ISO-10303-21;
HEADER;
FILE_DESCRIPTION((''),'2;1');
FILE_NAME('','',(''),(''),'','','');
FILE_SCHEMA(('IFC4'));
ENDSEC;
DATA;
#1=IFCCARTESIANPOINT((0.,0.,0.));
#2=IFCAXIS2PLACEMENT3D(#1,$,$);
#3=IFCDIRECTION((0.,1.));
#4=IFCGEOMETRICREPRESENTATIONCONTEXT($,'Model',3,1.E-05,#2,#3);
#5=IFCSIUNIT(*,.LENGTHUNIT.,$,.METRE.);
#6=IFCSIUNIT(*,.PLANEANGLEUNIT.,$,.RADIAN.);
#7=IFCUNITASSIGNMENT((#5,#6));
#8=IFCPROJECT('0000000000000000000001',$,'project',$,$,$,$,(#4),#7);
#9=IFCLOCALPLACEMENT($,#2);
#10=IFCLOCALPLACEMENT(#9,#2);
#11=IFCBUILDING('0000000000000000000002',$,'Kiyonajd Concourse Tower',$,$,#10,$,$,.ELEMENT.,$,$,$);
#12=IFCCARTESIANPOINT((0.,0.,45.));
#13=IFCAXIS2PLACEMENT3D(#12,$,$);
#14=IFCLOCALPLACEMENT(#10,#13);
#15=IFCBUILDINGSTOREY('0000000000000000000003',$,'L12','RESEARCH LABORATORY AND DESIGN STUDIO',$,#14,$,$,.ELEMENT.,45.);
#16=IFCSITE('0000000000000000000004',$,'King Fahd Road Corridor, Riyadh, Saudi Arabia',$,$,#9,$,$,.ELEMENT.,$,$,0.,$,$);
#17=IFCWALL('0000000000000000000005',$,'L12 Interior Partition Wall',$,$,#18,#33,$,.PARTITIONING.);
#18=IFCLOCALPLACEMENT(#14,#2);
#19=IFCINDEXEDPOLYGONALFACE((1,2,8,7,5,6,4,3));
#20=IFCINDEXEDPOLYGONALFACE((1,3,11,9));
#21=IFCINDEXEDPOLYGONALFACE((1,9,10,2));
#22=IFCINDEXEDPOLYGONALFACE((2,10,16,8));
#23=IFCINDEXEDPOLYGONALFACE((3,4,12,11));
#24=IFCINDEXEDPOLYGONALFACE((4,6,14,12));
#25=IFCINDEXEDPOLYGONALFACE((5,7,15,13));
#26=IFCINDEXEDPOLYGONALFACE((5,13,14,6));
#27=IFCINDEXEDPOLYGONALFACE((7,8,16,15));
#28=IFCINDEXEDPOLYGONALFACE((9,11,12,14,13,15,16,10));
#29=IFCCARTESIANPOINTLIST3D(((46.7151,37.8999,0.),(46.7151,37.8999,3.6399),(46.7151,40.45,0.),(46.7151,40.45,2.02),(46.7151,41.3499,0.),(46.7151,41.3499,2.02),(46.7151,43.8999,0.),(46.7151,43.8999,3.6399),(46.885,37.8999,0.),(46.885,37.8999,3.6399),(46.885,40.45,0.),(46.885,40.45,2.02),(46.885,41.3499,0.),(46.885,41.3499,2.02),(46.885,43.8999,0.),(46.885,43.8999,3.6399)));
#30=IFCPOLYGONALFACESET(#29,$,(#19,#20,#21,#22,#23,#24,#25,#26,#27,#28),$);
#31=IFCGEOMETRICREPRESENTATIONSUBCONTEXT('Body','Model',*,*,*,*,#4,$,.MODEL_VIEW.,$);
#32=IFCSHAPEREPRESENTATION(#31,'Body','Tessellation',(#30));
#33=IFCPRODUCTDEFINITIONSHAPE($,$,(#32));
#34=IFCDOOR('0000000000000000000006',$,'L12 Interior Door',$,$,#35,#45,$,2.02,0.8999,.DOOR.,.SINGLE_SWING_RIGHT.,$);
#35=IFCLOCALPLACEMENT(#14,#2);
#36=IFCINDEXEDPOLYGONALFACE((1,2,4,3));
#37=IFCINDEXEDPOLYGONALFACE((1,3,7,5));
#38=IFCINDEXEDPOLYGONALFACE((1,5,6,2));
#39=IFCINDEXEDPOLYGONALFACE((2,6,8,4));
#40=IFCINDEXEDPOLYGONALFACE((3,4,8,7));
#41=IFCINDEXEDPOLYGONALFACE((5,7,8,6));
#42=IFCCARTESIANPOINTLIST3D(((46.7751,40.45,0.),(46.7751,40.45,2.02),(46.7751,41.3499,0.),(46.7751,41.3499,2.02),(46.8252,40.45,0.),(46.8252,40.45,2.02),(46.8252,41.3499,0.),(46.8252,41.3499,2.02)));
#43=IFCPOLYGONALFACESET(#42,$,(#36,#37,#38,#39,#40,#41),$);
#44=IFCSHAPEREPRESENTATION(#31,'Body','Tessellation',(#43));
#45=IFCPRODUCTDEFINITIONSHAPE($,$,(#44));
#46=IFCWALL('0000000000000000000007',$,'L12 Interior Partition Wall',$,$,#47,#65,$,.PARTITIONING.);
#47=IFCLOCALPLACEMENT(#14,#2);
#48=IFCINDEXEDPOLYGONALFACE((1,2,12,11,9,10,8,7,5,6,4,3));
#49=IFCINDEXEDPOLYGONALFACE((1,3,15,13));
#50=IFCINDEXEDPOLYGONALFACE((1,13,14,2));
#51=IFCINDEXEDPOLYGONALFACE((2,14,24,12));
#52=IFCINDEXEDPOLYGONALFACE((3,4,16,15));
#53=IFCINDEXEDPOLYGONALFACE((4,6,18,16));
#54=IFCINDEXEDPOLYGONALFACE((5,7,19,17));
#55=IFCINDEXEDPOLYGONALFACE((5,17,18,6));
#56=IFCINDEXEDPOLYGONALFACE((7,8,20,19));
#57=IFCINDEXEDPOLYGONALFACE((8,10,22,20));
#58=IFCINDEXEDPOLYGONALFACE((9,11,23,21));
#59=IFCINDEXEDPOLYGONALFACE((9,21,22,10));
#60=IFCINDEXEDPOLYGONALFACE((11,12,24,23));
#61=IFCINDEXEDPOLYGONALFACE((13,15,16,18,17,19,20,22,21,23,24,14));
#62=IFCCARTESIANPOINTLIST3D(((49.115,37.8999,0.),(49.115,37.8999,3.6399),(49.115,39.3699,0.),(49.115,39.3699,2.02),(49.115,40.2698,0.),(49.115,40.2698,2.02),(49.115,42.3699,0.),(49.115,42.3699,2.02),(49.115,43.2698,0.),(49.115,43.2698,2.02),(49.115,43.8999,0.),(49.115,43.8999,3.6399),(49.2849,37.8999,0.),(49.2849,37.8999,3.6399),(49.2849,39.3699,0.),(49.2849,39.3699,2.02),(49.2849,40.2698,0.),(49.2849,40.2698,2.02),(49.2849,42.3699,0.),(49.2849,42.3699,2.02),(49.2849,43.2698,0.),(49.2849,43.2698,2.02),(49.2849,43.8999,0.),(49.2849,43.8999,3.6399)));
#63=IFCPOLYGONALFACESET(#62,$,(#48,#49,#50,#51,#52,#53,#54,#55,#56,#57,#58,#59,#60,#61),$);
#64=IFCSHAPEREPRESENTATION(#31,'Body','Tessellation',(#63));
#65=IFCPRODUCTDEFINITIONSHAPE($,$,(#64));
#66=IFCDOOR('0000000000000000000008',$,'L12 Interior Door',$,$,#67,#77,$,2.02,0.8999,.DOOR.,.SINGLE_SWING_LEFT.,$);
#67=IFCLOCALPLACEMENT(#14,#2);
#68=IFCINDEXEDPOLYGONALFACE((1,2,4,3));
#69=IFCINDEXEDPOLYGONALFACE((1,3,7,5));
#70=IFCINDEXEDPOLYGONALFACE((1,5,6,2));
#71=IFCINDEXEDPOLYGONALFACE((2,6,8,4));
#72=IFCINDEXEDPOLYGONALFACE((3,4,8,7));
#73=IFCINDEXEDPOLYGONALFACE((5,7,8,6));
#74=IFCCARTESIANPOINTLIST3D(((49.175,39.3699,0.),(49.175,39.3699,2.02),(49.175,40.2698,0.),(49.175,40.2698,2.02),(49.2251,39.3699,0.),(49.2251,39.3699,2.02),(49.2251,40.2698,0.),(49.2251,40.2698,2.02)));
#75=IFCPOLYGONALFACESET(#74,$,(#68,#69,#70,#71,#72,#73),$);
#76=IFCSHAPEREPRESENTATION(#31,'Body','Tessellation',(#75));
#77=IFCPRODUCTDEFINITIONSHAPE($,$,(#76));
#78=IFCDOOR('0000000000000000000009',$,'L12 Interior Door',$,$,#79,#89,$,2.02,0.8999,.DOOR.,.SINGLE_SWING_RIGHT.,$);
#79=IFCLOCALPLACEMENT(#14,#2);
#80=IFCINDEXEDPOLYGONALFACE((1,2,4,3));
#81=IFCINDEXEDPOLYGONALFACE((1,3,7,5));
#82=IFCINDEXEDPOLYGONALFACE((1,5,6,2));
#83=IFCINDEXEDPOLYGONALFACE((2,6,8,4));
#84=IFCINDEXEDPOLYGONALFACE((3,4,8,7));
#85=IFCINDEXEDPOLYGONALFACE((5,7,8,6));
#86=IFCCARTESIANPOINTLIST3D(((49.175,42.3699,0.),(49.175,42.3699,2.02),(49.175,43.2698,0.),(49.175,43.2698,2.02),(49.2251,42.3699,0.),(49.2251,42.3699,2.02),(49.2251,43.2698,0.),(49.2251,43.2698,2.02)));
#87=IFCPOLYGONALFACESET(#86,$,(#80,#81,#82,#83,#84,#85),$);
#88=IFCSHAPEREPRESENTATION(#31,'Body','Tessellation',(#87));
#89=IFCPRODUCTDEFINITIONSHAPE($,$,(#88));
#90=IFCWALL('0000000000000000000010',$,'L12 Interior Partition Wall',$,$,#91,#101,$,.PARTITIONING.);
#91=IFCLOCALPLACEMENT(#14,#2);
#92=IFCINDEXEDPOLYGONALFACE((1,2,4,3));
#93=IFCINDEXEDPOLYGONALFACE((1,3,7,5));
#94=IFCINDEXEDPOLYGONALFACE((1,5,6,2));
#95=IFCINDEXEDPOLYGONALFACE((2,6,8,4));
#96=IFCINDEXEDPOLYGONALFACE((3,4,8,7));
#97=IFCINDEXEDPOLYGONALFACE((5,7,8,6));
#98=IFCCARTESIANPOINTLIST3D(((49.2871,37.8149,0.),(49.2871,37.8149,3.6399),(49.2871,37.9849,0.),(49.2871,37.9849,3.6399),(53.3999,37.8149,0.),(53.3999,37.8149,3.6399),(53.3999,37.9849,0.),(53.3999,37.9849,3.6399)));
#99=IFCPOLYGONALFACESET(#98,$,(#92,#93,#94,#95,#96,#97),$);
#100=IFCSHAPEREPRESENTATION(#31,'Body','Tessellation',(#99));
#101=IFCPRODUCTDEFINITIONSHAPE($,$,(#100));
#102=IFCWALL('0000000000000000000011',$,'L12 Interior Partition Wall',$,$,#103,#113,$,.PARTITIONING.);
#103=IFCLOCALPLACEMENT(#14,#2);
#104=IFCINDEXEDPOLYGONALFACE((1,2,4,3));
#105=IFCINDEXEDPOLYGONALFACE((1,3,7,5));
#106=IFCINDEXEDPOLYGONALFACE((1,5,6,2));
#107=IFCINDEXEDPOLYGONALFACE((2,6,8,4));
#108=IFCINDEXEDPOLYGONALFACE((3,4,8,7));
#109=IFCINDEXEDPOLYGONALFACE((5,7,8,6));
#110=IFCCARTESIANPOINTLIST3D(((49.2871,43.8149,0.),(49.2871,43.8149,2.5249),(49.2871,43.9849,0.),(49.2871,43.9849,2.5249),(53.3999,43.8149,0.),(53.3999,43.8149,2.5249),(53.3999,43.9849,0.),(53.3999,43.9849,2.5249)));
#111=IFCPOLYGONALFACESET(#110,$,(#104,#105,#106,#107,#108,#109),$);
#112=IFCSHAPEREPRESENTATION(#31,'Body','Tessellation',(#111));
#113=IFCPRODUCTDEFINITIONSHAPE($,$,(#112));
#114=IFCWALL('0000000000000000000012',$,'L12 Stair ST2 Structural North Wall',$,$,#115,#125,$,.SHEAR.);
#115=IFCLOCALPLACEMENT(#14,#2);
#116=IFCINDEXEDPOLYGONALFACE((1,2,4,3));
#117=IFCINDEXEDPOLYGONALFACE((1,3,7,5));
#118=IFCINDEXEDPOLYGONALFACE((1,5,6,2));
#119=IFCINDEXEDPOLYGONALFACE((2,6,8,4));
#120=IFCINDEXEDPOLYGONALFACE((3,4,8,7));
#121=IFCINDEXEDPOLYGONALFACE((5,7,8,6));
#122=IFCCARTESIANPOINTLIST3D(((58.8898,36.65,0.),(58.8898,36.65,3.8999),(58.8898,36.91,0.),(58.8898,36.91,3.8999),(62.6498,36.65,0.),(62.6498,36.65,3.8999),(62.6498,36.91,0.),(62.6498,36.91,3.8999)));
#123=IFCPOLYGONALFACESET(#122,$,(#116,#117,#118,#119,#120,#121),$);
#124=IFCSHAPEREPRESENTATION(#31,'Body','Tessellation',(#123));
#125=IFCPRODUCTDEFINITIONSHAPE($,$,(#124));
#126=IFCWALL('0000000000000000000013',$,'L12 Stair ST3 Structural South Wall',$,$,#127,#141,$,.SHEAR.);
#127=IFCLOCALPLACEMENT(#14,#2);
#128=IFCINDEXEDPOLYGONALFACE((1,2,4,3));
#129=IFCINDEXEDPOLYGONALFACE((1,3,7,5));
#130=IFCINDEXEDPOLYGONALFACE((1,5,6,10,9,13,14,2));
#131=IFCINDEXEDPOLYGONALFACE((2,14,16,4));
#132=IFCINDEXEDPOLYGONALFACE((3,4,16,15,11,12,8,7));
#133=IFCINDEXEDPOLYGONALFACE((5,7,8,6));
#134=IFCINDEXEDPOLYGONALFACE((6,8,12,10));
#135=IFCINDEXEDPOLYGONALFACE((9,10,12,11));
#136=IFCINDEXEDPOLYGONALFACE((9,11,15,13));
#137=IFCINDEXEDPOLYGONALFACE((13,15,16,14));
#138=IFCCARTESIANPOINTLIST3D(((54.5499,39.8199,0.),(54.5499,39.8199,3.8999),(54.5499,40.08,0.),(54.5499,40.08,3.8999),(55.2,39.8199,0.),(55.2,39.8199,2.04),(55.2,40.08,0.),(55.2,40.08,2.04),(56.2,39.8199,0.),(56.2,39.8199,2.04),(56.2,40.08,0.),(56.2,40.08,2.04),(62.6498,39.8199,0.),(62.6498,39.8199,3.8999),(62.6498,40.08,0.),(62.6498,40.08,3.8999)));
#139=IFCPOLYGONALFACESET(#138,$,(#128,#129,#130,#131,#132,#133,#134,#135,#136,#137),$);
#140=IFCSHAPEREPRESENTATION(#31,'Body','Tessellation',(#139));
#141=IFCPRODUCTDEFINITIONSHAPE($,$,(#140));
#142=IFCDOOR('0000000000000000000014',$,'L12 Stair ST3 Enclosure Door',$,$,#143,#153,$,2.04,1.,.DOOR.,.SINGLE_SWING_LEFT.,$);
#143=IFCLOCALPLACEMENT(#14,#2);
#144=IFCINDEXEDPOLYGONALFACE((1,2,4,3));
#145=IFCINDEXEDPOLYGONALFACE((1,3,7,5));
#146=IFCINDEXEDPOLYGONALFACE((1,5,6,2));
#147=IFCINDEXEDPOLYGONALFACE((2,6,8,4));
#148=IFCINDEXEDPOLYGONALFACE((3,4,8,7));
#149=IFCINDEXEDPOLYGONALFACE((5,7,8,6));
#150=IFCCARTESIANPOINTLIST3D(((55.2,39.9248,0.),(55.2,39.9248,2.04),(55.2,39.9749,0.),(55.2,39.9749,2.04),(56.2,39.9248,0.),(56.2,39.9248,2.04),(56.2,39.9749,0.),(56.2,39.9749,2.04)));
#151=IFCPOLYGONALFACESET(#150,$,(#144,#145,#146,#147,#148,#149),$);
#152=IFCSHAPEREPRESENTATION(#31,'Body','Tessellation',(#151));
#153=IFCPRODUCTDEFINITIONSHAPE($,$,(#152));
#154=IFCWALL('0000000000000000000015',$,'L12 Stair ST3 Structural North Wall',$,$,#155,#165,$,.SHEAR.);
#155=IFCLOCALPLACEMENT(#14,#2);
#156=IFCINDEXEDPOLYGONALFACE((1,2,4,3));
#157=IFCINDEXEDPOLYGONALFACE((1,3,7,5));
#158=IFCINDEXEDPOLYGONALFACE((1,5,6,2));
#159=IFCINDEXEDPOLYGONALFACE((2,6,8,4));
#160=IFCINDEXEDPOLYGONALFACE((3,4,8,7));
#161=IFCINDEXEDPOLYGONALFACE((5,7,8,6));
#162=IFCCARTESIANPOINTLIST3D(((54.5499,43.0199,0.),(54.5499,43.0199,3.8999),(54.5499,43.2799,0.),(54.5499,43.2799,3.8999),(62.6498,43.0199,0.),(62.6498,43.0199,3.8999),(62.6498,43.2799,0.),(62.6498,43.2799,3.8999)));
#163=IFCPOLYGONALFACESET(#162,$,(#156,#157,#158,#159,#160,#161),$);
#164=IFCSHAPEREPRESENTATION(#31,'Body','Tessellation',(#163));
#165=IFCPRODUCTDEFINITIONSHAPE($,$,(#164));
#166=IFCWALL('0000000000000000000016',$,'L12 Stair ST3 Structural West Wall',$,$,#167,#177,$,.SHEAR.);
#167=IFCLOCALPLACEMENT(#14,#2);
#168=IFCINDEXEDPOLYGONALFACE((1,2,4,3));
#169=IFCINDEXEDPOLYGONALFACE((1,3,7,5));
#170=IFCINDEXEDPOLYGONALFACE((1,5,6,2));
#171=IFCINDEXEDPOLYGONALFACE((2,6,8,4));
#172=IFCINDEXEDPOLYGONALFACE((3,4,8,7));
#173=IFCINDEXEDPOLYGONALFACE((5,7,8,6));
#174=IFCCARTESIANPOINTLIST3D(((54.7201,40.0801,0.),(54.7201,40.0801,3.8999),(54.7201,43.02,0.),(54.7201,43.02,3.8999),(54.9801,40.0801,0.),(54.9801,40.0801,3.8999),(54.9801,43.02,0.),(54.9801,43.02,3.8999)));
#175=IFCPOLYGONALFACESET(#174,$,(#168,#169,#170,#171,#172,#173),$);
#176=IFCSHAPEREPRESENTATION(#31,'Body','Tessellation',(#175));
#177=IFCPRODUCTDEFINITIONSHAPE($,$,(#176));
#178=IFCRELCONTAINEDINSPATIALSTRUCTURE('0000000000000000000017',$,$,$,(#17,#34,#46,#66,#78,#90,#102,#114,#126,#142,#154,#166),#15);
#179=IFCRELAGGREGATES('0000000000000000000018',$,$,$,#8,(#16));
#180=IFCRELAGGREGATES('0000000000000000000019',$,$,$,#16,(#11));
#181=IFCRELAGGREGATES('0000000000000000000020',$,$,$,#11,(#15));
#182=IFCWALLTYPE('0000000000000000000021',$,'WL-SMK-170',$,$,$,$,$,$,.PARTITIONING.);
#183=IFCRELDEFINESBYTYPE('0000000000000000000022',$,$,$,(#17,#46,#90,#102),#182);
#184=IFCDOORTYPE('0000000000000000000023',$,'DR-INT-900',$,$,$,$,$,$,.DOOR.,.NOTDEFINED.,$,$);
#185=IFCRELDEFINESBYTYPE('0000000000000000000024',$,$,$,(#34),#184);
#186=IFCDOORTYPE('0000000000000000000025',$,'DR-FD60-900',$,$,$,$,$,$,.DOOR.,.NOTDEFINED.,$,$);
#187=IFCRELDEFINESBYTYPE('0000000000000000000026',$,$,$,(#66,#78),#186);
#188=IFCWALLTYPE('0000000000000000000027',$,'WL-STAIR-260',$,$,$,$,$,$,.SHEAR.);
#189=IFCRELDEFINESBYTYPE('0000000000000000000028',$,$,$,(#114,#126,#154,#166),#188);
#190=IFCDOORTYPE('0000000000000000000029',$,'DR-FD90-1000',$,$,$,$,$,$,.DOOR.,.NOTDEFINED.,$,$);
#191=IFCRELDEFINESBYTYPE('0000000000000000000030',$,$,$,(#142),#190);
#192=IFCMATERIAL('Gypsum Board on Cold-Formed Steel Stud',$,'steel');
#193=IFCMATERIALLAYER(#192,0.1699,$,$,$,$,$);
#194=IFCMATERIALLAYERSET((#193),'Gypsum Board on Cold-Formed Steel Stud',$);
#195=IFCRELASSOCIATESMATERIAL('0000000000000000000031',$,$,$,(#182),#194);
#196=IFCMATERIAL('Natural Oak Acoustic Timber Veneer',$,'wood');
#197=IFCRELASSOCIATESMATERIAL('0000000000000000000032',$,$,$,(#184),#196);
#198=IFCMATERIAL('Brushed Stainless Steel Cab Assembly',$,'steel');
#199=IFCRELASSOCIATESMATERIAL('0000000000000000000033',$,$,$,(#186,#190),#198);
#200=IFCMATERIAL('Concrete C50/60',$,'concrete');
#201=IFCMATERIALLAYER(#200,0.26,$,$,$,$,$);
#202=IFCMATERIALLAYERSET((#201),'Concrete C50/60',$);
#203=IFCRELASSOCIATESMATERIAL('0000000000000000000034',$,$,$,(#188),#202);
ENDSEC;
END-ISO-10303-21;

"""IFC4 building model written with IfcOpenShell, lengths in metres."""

from ifc_helpers import new_model, si_unit, direction, frame, frame_2d, origin, place, context, subcontext, project, spatial, rectangle, extrude, material, layer, layer_set, type_object, element, fill, save


model = new_model("IFC4")

# Units and contexts
model_context = context("Model", 3, precision=1e-05, world=origin(), true_north=direction((0.0, 1.0)))
body_context = subcontext(model_context, "Body", "Model", "MODEL_VIEW")
ifc_project = project(units=[si_unit("LENGTHUNIT", "METRE"), si_unit("PLANEANGLEUNIT", "RADIAN")], contexts=[model_context])

# Site, building, storey
site_placement = place(None, origin())
site = spatial("IfcSite", under=ifc_project, at=site_placement, Name="King Fahd Road Corridor, Riyadh, Saudi Arabia", CompositionType="ELEMENT", RefElevation=0.0)
building_placement = place(site_placement, origin())
building = spatial("IfcBuilding", under=site, at=building_placement, Name="Kiyonajd Concourse Tower", CompositionType="ELEMENT")
storey_placement = place(building_placement, frame((0.0, 0.0, 45.0)))
storey = spatial("IfcBuildingStorey", under=building, at=storey_placement, Name="L12", Description="RESEARCH LABORATORY AND DESIGN STUDIO", CompositionType="ELEMENT", Elevation=45.0)

# Shared definitions
ifc_material_1 = material(Name="Concrete C50/60", Category="concrete")

# Shared definitions
ifc_material_2 = material(Name="Gypsum Board on Cold-Formed Steel Stud", Category="steel")
ifc_layer_1 = layer(ifc_material_2, 0.1699)
ifc_layer_set_1 = layer_set([ifc_layer_1], Name="Gypsum Board on Cold-Formed Steel Stud")
wall_type_1 = type_object("IfcWallType", Name="WL-SMK-170", PredefinedType="PARTITIONING", material=ifc_layer_set_1)

# Wall, opening, door
wall_1_placement = place(storey_placement, frame((46.8, 37.8999, 0.0), z_axis=(0.0, 0.0, 1.0), x_axis=(0.0, 1.0, 0.0)))
wall_1 = element("IfcWall", 1, at=wall_1_placement, inside=storey, type_object=wall_type_1, Name="L12 Interior Partition Wall", PredefinedType="PARTITIONING", context=body_context, shape_type="SweptSolid", body=[
    extrude(rectangle(XDim=6.0, YDim=0.1699, at=frame_2d((3.0, 0.0))), origin(), (0.0, 0.0, 1.0), 3.6399),
])
opening_1_placement = place(wall_1_placement, frame((2.55, 0.0, 0.0)))
opening_1 = element("IfcOpeningElement", 2, at=opening_1_placement, cuts=wall_1, PredefinedType="OPENING", context=body_context, shape_type="SweptSolid", body=[
    extrude(rectangle(XDim=0.8999, YDim=2.02, at=frame_2d((0.45, 1.01))), frame((0.0, 0.095, 0.0), z_axis=(0.0, -1.0, 0.0), x_axis=(1.0, 0.0, 0.0)), (0.0, 0.0, 1.0), 0.1899),
])
ifc_material_3 = material(Name="Natural Oak Acoustic Timber Veneer", Category="wood")
door_type_1 = type_object("IfcDoorType", Name="DR-INT-900", OperationType="NOTDEFINED", PredefinedType="DOOR", material=ifc_material_3)
door_1_placement = place(opening_1_placement, origin())
door_1 = element("IfcDoor", 3, at=door_1_placement, inside=storey, type_object=door_type_1, Name="L12 Interior Door", OperationType="SINGLE_SWING_RIGHT", OverallHeight=2.02, OverallWidth=0.8999, PredefinedType="DOOR", context=body_context, shape_type="SweptSolid", body=[
    extrude(rectangle(XDim=0.8999, YDim=2.02, at=frame_2d((0.45, 1.01))), frame((0.0, 0.0249, 0.0), z_axis=(0.0, -1.0, 0.0), x_axis=(1.0, 0.0, 0.0)), (0.0, 0.0, 1.0), 0.05),
])
fill(opening_1, door_1)

# Wall, openings, doors
wall_2_placement = place(storey_placement, frame((49.2, 37.8999, 0.0), z_axis=(0.0, 0.0, 1.0), x_axis=(0.0, 1.0, 0.0)))
wall_2 = element("IfcWall", 4, at=wall_2_placement, inside=storey, type_object=wall_type_1, Name="L12 Interior Partition Wall", PredefinedType="PARTITIONING", context=body_context, shape_type="SweptSolid", body=[
    extrude(rectangle(XDim=6.0, YDim=0.1699, at=frame_2d((3.0, 0.0))), origin(), (0.0, 0.0, 1.0), 3.6399),
])
opening_2_placement = place(wall_2_placement, frame((1.47, 0.0, 0.0)))
opening_2 = element("IfcOpeningElement", 5, at=opening_2_placement, cuts=wall_2, PredefinedType="OPENING", context=body_context, shape_type="SweptSolid", body=[
    extrude(rectangle(XDim=0.8999, YDim=2.02, at=frame_2d((0.45, 1.01))), frame((0.0, 0.095, 0.0), z_axis=(0.0, -1.0, 0.0), x_axis=(1.0, 0.0, 0.0)), (0.0, 0.0, 1.0), 0.1899),
])
opening_3_placement = place(wall_2_placement, frame((4.47, 0.0, 0.0)))
opening_3 = element("IfcOpeningElement", 6, at=opening_3_placement, cuts=wall_2, PredefinedType="OPENING", context=body_context, shape_type="SweptSolid", body=[
    extrude(rectangle(XDim=0.8999, YDim=2.02, at=frame_2d((0.45, 1.01))), frame((0.0, 0.095, 0.0), z_axis=(0.0, -1.0, 0.0), x_axis=(1.0, 0.0, 0.0)), (0.0, 0.0, 1.0), 0.1899),
])
ifc_material_4 = material(Name="Brushed Stainless Steel Cab Assembly", Category="steel")
door_type_2 = type_object("IfcDoorType", Name="DR-FD60-900", OperationType="NOTDEFINED", PredefinedType="DOOR", material=ifc_material_4)
door_2_placement = place(opening_2_placement, origin())
door_2 = element("IfcDoor", 7, at=door_2_placement, inside=storey, type_object=door_type_2, Name="L12 Interior Door", OperationType="SINGLE_SWING_LEFT", OverallHeight=2.02, OverallWidth=0.8999, PredefinedType="DOOR", context=body_context, shape_type="SweptSolid", body=[
    extrude(rectangle(XDim=0.8999, YDim=2.02, at=frame_2d((0.45, 1.01))), frame((0.0, 0.0249, 0.0), z_axis=(0.0, -1.0, 0.0), x_axis=(1.0, 0.0, 0.0)), (0.0, 0.0, 1.0), 0.05),
])
fill(opening_2, door_2)
door_3_placement = place(opening_3_placement, origin())
door_3 = element("IfcDoor", 8, at=door_3_placement, inside=storey, type_object=door_type_2, Name="L12 Interior Door", OperationType="SINGLE_SWING_RIGHT", OverallHeight=2.02, OverallWidth=0.8999, PredefinedType="DOOR", context=body_context, shape_type="SweptSolid", body=[
    extrude(rectangle(XDim=0.8999, YDim=2.02, at=frame_2d((0.45, 1.01))), frame((0.0, 0.0249, 0.0), z_axis=(0.0, -1.0, 0.0), x_axis=(1.0, 0.0, 0.0)), (0.0, 0.0, 1.0), 0.05),
])
fill(opening_3, door_3)

# Walls
wall_3_placement = place(storey_placement, frame((49.2871, 37.8999, 0.0), z_axis=(0.0, 0.0, 1.0), x_axis=(1.0, 0.0, 0.0)))
element("IfcWall", 9, at=wall_3_placement, inside=storey, type_object=wall_type_1, Name="L12 Interior Partition Wall", PredefinedType="PARTITIONING", context=body_context, shape_type="SweptSolid", body=[
    extrude(rectangle(XDim=4.1128, YDim=0.1699, at=frame_2d((2.0564, 0.0))), origin(), (0.0, 0.0, 1.0), 3.6399),
])
wall_4_placement = place(storey_placement, frame((49.2871, 43.8999, 0.0), z_axis=(0.0, 0.0, 1.0), x_axis=(1.0, 0.0, 0.0)))
element("IfcWall", 10, at=wall_4_placement, inside=storey, type_object=wall_type_1, Name="L12 Interior Partition Wall", PredefinedType="PARTITIONING", context=body_context, shape_type="SweptSolid", body=[
    extrude(rectangle(XDim=4.1128, YDim=0.1699, at=frame_2d((2.0564, 0.0))), origin(), (0.0, 0.0, 1.0), 2.5249),
])
ifc_layer_2 = layer(ifc_material_1, 0.26)
ifc_layer_set_2 = layer_set([ifc_layer_2], Name="Concrete C50/60")
wall_type_2 = type_object("IfcWallType", Name="WL-STAIR-260", PredefinedType="SHEAR", material=ifc_layer_set_2)
wall_5_placement = place(storey_placement, frame((58.8899, 36.78, 0.0), z_axis=(0.0, 0.0, 1.0), x_axis=(1.0, 0.0, 0.0)))
element("IfcWall", 11, at=wall_5_placement, inside=storey, type_object=wall_type_2, Name="L12 Stair ST2 Structural North Wall", PredefinedType="SHEAR", context=body_context, shape_type="SweptSolid", body=[
    extrude(rectangle(XDim=3.76, YDim=0.26, at=frame_2d((1.8799, 0.0))), origin(), (0.0, 0.0, 1.0), 3.8999),
])

# Wall, opening, door
wall_6_placement = place(storey_placement, frame((54.55, 39.95, 0.0), z_axis=(0.0, 0.0, 1.0), x_axis=(1.0, 0.0, 0.0)))
wall_6 = element("IfcWall", 12, at=wall_6_placement, inside=storey, type_object=wall_type_2, Name="L12 Stair ST3 Structural South Wall", PredefinedType="SHEAR", context=body_context, shape_type="SweptSolid", body=[
    extrude(rectangle(XDim=8.0999, YDim=0.26, at=frame_2d((4.0498, 0.0))), origin(), (0.0, 0.0, 1.0), 3.8999),
])
opening_4_placement = place(wall_6_placement, frame((0.6499, 0.0, 0.0)))
opening_4 = element("IfcOpeningElement", 13, at=opening_4_placement, cuts=wall_6, PredefinedType="OPENING", context=body_context, shape_type="SweptSolid", body=[
    extrude(rectangle(XDim=1.0, YDim=2.04, at=frame_2d((0.5, 1.02))), frame((0.0, 0.1399, 0.0), z_axis=(0.0, -1.0, 0.0), x_axis=(1.0, 0.0, 0.0)), (0.0, 0.0, 1.0), 0.28),
])
door_type_3 = type_object("IfcDoorType", Name="DR-FD90-1000", OperationType="NOTDEFINED", PredefinedType="DOOR", material=ifc_material_4)
door_4_placement = place(opening_4_placement, origin())
door_4 = element("IfcDoor", 14, at=door_4_placement, inside=storey, type_object=door_type_3, Name="L12 Stair ST3 Enclosure Door", OperationType="SINGLE_SWING_LEFT", OverallHeight=2.04, OverallWidth=1.0, PredefinedType="DOOR", context=body_context, shape_type="SweptSolid", body=[
    extrude(rectangle(XDim=1.0, YDim=2.04, at=frame_2d((0.5, 1.02))), frame((0.0, 0.0249, 0.0), z_axis=(0.0, -1.0, 0.0), x_axis=(1.0, 0.0, 0.0)), (0.0, 0.0, 1.0), 0.05),
])
fill(opening_4, door_4)

# Walls
wall_7_placement = place(storey_placement, frame((54.55, 43.1499, 0.0), z_axis=(0.0, 0.0, 1.0), x_axis=(1.0, 0.0, 0.0)))
element("IfcWall", 15, at=wall_7_placement, inside=storey, type_object=wall_type_2, Name="L12 Stair ST3 Structural North Wall", PredefinedType="SHEAR", context=body_context, shape_type="SweptSolid", body=[
    extrude(rectangle(XDim=8.0999, YDim=0.26, at=frame_2d((4.0498, 0.0))), origin(), (0.0, 0.0, 1.0), 3.8999),
])
wall_8_placement = place(storey_placement, frame((54.8501, 40.0801, 0.0), z_axis=(0.0, 0.0, 1.0), x_axis=(0.0, 1.0, 0.0)))
element("IfcWall", 16, at=wall_8_placement, inside=storey, type_object=wall_type_2, Name="L12 Stair ST3 Structural West Wall", PredefinedType="SHEAR", context=body_context, shape_type="SweptSolid", body=[
    extrude(rectangle(XDim=2.9399, YDim=0.26, at=frame_2d((1.47, 0.0))), origin(), (0.0, 0.0, 1.0), 3.8999),
])

save(model, "model.ifc")
